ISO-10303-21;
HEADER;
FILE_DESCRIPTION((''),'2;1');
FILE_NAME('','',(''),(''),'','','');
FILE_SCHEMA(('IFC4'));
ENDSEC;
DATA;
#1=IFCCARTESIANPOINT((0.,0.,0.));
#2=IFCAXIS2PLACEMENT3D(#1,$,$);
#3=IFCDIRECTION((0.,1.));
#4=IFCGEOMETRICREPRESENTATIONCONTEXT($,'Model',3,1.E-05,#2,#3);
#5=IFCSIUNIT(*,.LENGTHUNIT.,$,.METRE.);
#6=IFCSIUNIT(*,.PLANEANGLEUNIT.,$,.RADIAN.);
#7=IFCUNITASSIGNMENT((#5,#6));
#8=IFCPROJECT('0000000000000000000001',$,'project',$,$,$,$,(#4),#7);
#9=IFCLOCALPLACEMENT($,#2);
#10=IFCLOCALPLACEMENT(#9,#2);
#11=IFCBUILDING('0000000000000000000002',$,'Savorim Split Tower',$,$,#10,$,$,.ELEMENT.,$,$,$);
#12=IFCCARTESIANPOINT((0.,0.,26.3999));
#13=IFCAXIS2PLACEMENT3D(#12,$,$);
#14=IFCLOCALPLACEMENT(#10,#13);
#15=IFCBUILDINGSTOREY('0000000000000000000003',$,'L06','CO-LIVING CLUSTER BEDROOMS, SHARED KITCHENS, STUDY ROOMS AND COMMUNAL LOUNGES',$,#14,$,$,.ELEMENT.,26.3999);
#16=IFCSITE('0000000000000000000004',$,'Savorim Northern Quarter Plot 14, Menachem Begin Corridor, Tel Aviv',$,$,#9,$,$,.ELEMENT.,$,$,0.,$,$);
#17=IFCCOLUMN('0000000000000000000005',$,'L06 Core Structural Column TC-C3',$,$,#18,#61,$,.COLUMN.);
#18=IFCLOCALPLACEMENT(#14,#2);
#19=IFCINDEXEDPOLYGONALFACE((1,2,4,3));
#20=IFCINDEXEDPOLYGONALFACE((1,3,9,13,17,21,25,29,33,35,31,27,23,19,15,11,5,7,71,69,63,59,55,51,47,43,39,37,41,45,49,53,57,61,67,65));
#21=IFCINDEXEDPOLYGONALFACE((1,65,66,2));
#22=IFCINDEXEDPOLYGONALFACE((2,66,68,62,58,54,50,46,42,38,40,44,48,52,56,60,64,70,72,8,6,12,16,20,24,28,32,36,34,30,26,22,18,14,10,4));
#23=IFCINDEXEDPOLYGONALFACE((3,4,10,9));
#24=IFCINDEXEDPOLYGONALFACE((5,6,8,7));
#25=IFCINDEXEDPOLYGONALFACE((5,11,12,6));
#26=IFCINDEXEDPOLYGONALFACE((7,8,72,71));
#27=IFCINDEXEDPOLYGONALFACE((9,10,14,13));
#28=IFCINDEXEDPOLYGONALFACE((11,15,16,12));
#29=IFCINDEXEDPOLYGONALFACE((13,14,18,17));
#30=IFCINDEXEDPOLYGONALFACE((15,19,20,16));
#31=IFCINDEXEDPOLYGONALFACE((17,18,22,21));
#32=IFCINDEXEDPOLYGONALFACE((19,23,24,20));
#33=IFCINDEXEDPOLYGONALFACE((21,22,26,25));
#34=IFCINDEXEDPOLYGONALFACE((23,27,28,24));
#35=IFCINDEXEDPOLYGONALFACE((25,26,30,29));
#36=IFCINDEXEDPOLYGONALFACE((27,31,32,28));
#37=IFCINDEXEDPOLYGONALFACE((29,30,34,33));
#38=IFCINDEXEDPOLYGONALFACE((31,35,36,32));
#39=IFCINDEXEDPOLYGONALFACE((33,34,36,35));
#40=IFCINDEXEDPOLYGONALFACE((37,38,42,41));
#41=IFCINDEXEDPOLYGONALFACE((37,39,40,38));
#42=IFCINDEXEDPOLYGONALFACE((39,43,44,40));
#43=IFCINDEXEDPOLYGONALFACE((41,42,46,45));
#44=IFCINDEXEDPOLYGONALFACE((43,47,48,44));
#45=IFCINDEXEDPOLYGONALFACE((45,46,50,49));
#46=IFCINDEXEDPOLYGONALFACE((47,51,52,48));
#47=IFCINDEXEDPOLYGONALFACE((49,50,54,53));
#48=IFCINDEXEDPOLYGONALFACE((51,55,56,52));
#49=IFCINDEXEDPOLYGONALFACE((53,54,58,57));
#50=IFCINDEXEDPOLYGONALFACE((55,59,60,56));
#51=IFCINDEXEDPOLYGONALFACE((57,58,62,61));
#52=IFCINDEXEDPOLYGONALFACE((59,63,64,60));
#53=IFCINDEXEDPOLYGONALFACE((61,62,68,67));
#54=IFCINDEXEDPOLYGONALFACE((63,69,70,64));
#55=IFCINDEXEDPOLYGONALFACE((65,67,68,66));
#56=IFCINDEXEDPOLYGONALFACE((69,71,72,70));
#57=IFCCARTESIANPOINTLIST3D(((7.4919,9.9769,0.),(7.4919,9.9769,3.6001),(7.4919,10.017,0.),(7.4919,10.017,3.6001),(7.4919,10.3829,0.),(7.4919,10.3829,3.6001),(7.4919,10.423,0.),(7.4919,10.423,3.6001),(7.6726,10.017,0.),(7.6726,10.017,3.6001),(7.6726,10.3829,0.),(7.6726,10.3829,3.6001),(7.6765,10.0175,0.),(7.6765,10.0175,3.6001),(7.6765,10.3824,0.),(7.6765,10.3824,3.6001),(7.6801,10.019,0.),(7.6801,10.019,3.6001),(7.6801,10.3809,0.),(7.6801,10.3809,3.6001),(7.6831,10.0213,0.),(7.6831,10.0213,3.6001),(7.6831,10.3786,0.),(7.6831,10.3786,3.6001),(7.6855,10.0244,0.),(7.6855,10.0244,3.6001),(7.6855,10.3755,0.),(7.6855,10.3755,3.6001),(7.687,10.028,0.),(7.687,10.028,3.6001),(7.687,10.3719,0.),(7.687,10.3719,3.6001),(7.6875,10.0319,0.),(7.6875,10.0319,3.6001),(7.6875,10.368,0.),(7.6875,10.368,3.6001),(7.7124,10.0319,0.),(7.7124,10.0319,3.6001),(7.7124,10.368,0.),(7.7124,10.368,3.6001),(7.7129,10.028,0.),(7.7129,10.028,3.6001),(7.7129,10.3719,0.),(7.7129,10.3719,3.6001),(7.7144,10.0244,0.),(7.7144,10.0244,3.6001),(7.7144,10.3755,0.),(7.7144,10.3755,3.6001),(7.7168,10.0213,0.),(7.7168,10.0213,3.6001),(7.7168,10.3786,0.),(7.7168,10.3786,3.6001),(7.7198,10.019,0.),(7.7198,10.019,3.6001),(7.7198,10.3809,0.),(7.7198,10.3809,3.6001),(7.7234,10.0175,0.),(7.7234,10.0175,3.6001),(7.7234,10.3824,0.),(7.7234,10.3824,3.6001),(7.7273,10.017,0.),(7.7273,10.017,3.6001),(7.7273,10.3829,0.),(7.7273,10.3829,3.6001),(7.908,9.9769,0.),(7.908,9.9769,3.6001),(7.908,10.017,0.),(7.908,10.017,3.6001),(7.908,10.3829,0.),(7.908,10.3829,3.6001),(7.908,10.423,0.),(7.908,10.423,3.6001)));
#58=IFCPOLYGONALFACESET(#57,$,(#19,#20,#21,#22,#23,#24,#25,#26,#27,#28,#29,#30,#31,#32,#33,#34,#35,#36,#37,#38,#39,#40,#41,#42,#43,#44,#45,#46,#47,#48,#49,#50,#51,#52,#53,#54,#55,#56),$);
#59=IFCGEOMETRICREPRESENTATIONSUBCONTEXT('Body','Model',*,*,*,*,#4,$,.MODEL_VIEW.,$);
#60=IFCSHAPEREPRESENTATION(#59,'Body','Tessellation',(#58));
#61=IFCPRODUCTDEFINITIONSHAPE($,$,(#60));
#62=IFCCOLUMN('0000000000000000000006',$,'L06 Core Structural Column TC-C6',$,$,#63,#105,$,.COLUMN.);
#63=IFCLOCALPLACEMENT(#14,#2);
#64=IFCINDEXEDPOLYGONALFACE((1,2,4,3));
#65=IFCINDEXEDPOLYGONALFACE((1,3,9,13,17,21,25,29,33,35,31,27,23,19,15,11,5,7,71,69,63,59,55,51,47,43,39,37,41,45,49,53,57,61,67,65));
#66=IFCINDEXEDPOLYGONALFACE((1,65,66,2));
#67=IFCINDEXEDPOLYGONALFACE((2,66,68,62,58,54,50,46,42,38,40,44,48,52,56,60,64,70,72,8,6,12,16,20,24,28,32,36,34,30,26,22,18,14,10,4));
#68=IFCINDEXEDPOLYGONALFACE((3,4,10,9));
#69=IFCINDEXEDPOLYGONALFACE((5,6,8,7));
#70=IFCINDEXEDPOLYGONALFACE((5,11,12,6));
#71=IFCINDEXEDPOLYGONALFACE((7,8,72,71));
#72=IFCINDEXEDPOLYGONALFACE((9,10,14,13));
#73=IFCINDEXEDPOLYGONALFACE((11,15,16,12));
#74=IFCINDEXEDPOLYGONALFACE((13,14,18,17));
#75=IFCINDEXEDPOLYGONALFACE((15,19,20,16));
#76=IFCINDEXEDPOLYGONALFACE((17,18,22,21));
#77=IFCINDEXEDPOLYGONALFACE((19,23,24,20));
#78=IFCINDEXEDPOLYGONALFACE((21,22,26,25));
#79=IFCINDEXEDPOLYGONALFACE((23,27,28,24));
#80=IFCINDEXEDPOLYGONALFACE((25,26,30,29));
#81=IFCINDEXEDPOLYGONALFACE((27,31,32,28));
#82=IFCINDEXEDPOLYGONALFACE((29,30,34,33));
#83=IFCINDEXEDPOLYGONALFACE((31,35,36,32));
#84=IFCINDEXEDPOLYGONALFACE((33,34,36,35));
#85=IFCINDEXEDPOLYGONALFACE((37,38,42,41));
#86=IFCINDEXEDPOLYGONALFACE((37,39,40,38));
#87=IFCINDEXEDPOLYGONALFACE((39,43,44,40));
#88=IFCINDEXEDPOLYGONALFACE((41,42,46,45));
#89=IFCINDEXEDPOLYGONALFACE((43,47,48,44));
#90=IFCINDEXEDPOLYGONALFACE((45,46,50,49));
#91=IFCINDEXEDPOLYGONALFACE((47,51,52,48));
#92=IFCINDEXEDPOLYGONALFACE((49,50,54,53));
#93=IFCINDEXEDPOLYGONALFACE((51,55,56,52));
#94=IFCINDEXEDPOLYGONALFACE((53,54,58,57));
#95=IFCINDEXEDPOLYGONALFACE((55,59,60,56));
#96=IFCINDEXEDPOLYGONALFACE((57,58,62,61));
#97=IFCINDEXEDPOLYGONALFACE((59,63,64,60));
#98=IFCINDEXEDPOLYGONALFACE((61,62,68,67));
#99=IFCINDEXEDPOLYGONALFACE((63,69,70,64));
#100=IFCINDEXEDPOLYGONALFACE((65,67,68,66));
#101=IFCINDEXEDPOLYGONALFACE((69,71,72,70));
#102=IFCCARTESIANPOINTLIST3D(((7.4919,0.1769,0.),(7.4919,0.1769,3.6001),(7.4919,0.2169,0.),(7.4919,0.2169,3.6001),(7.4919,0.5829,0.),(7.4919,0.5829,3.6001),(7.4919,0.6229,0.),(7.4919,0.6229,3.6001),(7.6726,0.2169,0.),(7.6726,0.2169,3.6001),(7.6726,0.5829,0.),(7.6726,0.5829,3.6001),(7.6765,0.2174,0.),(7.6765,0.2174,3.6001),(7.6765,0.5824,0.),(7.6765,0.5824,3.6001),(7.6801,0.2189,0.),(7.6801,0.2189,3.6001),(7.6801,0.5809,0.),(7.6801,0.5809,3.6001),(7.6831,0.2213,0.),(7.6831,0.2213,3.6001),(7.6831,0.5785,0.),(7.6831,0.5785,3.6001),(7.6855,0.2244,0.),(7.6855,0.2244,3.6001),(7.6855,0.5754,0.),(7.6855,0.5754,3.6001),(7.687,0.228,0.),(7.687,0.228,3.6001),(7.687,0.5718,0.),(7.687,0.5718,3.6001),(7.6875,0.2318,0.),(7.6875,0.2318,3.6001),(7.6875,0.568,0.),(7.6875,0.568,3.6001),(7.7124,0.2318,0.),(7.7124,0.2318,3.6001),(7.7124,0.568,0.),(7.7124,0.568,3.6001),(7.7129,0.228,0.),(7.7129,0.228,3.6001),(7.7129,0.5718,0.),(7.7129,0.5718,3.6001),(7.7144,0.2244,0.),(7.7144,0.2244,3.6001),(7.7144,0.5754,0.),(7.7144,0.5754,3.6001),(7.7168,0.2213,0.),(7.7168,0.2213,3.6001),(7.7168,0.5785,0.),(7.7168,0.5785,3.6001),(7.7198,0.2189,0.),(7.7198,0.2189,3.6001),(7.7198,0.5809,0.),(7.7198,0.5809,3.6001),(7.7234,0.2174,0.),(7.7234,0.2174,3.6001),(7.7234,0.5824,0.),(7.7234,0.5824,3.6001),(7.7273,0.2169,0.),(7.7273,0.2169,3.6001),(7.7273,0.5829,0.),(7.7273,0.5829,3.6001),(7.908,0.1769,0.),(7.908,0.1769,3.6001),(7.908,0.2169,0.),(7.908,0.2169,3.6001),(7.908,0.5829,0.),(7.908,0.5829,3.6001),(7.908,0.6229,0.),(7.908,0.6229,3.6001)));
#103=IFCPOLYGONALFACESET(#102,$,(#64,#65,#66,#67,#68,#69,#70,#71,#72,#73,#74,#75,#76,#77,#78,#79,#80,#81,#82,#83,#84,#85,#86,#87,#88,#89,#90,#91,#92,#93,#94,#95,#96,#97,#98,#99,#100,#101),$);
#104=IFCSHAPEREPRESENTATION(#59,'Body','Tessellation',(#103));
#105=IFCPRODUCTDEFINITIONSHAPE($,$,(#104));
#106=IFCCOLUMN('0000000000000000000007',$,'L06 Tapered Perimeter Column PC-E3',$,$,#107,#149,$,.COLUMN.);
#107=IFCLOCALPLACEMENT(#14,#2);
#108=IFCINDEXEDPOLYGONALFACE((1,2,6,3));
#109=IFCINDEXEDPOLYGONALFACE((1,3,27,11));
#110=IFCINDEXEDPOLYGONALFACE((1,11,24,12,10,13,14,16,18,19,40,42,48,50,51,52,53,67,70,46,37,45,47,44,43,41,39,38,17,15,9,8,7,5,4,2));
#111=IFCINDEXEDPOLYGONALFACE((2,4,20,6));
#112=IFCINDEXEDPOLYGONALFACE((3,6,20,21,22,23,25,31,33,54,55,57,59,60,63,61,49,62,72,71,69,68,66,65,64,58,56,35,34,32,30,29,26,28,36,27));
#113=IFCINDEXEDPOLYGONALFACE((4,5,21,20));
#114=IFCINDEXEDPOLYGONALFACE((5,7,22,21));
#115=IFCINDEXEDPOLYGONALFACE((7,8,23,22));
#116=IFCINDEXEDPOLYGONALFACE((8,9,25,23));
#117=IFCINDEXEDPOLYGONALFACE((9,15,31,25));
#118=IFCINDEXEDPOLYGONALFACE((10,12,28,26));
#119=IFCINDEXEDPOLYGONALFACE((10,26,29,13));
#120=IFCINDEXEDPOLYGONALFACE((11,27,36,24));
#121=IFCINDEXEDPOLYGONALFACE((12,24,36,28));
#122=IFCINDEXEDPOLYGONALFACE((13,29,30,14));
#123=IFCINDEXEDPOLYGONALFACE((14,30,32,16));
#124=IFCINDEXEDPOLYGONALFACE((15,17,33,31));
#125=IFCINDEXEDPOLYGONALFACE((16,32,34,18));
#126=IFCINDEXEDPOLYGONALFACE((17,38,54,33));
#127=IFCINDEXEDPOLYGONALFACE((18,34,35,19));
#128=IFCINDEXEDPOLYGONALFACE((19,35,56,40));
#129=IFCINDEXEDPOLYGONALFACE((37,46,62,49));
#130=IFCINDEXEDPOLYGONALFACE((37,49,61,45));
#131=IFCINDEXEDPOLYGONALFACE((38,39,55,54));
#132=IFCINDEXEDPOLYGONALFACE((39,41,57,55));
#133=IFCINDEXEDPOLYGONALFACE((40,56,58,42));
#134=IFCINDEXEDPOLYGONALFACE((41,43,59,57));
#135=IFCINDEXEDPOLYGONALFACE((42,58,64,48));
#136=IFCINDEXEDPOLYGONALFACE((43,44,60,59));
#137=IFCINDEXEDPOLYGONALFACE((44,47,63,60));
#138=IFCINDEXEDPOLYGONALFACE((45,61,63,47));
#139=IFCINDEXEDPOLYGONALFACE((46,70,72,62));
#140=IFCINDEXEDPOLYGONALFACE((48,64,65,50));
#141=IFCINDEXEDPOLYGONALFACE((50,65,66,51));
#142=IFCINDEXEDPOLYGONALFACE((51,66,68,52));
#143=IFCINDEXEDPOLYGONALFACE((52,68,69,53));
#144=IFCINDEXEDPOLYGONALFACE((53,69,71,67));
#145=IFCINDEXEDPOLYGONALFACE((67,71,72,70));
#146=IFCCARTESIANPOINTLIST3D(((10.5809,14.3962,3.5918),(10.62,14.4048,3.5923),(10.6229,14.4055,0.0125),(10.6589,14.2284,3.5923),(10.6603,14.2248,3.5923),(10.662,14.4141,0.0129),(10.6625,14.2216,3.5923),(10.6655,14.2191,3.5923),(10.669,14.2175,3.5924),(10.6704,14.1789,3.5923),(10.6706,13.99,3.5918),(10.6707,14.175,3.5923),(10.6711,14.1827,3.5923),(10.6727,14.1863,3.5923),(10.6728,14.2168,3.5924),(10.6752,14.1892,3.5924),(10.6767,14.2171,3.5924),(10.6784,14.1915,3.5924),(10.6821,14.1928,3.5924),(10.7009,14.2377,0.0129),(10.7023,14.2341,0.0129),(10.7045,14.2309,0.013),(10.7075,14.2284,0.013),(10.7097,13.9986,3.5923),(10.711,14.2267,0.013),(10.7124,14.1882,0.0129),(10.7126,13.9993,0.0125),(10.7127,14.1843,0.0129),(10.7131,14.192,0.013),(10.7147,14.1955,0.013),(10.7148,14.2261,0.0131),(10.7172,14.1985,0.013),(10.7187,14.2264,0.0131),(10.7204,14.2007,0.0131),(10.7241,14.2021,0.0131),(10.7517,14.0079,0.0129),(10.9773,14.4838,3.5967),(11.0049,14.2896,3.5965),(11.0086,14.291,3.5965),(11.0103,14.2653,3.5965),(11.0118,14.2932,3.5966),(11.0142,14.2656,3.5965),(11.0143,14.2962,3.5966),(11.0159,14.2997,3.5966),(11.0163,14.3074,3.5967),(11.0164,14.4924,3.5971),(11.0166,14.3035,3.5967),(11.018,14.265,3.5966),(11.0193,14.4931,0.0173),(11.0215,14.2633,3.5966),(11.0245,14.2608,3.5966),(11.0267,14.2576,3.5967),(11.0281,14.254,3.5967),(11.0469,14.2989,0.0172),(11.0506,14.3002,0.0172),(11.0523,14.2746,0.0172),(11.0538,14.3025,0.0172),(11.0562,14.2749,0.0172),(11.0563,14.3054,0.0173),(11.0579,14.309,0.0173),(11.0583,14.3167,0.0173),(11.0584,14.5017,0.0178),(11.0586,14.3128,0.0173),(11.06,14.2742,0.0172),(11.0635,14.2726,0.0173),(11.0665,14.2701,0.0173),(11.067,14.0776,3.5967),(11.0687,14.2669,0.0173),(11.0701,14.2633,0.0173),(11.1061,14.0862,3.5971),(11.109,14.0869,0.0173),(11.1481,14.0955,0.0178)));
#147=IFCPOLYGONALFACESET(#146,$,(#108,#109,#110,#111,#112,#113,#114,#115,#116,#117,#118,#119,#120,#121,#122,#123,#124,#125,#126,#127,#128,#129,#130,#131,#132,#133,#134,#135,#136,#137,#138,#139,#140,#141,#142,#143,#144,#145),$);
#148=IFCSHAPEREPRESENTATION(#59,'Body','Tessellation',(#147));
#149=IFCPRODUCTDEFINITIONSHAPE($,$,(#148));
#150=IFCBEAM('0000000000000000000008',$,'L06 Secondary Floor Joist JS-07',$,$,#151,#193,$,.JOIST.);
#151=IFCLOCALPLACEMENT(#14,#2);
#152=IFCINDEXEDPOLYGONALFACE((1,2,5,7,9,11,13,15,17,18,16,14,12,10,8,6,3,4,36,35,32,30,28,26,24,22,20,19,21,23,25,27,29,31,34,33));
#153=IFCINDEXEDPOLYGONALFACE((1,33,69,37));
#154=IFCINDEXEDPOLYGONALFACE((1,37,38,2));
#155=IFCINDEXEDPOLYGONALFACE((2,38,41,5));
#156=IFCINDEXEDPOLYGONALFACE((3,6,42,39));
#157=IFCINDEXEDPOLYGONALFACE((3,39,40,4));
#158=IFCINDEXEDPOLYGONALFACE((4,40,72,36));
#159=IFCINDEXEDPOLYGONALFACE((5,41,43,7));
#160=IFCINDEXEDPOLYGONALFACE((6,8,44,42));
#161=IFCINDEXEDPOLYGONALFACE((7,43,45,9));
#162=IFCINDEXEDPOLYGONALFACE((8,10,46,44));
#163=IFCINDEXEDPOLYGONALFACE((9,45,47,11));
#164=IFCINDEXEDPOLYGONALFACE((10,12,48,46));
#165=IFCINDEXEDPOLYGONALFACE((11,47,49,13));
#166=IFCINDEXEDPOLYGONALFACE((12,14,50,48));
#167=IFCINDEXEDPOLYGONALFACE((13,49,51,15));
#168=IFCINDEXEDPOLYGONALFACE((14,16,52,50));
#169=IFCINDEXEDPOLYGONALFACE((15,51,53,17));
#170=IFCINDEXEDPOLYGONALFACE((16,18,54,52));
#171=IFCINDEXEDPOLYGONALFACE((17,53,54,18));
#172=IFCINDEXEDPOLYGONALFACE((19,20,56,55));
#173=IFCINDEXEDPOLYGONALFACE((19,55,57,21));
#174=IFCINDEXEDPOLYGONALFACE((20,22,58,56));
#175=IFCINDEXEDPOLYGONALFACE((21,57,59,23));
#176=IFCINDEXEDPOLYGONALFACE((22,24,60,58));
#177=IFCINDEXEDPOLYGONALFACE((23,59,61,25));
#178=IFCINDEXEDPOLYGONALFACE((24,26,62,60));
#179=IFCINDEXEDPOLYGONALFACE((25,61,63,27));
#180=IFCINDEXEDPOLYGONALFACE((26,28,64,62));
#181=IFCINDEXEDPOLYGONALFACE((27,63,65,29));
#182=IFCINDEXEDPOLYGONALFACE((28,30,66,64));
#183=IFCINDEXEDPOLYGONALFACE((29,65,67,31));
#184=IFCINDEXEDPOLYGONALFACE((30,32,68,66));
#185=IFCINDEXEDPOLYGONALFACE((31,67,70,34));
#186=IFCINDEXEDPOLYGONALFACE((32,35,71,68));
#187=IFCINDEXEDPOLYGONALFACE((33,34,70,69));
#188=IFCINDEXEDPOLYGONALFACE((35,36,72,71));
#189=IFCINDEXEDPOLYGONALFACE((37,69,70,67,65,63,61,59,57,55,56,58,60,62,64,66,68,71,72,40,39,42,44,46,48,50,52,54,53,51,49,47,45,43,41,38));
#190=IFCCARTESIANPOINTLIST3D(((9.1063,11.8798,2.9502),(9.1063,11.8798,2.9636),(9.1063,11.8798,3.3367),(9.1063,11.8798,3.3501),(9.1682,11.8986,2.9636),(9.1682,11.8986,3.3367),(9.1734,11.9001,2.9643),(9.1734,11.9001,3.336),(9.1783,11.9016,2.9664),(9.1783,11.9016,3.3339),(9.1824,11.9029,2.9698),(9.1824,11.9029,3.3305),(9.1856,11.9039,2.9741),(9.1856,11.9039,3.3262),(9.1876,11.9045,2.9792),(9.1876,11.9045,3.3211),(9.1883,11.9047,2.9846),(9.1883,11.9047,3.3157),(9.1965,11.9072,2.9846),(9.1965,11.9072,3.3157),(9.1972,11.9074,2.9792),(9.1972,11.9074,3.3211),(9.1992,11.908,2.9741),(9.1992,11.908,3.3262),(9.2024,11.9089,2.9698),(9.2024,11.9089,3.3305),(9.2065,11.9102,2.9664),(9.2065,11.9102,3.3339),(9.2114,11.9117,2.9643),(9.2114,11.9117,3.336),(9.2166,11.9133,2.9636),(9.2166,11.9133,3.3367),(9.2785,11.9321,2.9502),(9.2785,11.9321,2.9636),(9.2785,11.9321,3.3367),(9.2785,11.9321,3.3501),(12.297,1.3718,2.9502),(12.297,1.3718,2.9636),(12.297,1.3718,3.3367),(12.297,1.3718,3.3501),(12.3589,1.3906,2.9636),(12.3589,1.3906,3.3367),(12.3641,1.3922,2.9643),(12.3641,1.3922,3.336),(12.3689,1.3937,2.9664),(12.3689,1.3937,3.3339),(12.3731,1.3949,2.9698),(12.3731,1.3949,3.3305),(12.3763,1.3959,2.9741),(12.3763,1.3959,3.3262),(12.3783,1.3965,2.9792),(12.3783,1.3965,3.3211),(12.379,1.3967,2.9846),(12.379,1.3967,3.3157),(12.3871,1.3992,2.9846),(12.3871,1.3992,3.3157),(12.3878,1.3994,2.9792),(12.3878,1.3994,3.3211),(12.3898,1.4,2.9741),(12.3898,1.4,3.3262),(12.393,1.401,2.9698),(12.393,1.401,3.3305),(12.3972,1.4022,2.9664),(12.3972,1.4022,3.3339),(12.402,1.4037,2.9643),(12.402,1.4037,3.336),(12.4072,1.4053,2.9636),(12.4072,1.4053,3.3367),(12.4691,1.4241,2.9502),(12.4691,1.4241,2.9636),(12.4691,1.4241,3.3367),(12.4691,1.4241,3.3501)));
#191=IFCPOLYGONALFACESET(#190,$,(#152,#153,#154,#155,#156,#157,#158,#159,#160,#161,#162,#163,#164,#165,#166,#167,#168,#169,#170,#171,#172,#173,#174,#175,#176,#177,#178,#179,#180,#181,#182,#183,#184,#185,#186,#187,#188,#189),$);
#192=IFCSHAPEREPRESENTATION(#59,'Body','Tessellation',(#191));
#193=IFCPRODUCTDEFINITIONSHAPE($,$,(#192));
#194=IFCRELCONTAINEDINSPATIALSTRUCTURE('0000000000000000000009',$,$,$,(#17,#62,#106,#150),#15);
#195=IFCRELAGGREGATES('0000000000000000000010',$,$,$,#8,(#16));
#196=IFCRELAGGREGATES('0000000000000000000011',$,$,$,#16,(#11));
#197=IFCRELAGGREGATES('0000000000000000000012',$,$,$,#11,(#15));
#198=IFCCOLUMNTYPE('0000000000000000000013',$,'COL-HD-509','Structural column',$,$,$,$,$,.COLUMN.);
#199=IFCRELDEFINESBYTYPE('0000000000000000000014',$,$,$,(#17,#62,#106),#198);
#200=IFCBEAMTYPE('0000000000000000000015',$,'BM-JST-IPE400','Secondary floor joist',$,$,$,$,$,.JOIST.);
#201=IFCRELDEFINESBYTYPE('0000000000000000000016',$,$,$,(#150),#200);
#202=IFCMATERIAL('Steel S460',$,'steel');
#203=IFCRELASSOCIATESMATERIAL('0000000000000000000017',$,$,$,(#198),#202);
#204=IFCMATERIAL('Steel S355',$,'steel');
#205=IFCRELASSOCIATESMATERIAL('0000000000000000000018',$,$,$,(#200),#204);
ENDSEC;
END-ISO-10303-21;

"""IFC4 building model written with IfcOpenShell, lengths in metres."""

from ifc_helpers import new_model, si_unit, direction, frame, origin, origin_2d, place, context, subcontext, project, spatial, i_section, extrude, material, material_profile, profile_set, type_object, element, save


model = new_model("IFC4")

# Units and contexts
model_context = context("Model", 3, precision=1e-05, world=origin(), true_north=direction((0.0, 1.0)))
body_context = subcontext(model_context, "Body", "Model", "MODEL_VIEW")
ifc_project = project(units=[si_unit("LENGTHUNIT", "METRE"), si_unit("PLANEANGLEUNIT", "RADIAN")], contexts=[model_context])

# Site, building, storey
site_placement = place(None, origin())
site = spatial("IfcSite", under=ifc_project, at=site_placement, Name="Savorim Northern Quarter Plot 14, Menachem Begin Corridor, Tel Aviv", CompositionType="ELEMENT", RefElevation=0.0)
building_placement = place(site_placement, origin())
building = spatial("IfcBuilding", under=site, at=building_placement, Name="Savorim Split Tower", CompositionType="ELEMENT")
storey_placement = place(building_placement, frame((0.0, 0.0, 26.3999)))
storey = spatial("IfcBuildingStorey", under=building, at=storey_placement, Name="L06", Description="CO-LIVING CLUSTER BEDROOMS, SHARED KITCHENS, STUDY ROOMS AND COMMUNAL LOUNGES", CompositionType="ELEMENT", Elevation=26.3999)

# Columns
ifc_material_1 = material(Name="Steel S460", Category="steel")
ifc_material_profile_1 = material_profile(ifc_material_1, i_section(OverallWidth=0.416, OverallDepth=0.446, WebThickness=0.0249, FlangeThickness=0.04, FilletRadius=0.0149, at=origin_2d()), Name="HD 400x509")
ifc_profile_set_1 = profile_set([ifc_material_profile_1], Name="Steel S460")
column_type = type_object("IfcColumnType", Name="COL-HD-509", Description="Structural column", PredefinedType="COLUMN", material=ifc_profile_set_1)
for number, where, z_axis, x_axis, name in (
    (1, (7.7, 10.2, 0.0), (0.0, 0.0, 1.0), (1.0, 0.0, 0.0), "L06 Core Structural Column TC-C3"),
    (2, (7.7, 0.3999, 0.0), (0.0, 0.0, 1.0), (1.0, 0.0, 0.0), "L06 Core Structural Column TC-C6"),
):
    element("IfcColumn", number, at=place(storey_placement, frame(where, z_axis=z_axis, x_axis=x_axis)), inside=storey, type_object=column_type, Name=name, PredefinedType="COLUMN", context=body_context, shape_type="SweptSolid", body=[
        extrude(i_section(OverallWidth=0.416, OverallDepth=0.446, WebThickness=0.0249, FlangeThickness=0.04, FilletRadius=0.0149, at=origin_2d()), origin(), (0.0, 0.0, 1.0), 3.6001),
    ])
column_placement = place(storey_placement, frame((10.8855, 14.2505, 0.0151), z_axis=(-0.011731, -0.002592, 0.999928), x_axis=(0.215728, -0.976453, 0.0)))
element("IfcColumn", 3, at=column_placement, inside=storey, type_object=column_type, Name="L06 Tapered Perimeter Column PC-E3", PredefinedType="COLUMN", context=body_context, shape_type="SweptSolid", body=[
    extrude(i_section(OverallWidth=0.416, OverallDepth=0.446, WebThickness=0.0249, FlangeThickness=0.04, FilletRadius=0.0149, at=origin_2d()), origin(), (0.0, 0.0, 1.0), 3.5796),
])

# Beam
ifc_material_2 = material(Name="Steel S355", Category="steel")
ifc_material_profile_2 = material_profile(ifc_material_2, i_section(OverallWidth=0.1799, OverallDepth=0.3999, WebThickness=0.0085, FlangeThickness=0.0134, FilletRadius=0.021, at=origin_2d()), Name="IPE 400")
ifc_profile_set_2 = profile_set([ifc_material_profile_2], Name="Steel S355")
beam_type_1 = type_object("IfcBeamType", Name="BM-JST-IPE400", Description="Secondary floor joist", PredefinedType="JOIST", material=ifc_profile_set_2)
beam_1_placement = place(storey_placement, frame((12.3831, 1.3979, 3.1501), z_axis=(-0.290542, 0.956862, 0.0), x_axis=(-0.956862, -0.290542, 0.0)))
element("IfcBeam", 4, at=beam_1_placement, inside=storey, type_object=beam_type_1, Name="L06 Secondary Floor Joist JS-07", PredefinedType="JOIST", context=body_context, shape_type="SweptSolid", body=[
    extrude(i_section(OverallWidth=0.1799, OverallDepth=0.3999, WebThickness=0.0085, FlangeThickness=0.0134, FilletRadius=0.021, at=origin_2d()), origin(), (0.0, 0.0, 1.0), 10.9817),
])

save(model, "model.ifc")
